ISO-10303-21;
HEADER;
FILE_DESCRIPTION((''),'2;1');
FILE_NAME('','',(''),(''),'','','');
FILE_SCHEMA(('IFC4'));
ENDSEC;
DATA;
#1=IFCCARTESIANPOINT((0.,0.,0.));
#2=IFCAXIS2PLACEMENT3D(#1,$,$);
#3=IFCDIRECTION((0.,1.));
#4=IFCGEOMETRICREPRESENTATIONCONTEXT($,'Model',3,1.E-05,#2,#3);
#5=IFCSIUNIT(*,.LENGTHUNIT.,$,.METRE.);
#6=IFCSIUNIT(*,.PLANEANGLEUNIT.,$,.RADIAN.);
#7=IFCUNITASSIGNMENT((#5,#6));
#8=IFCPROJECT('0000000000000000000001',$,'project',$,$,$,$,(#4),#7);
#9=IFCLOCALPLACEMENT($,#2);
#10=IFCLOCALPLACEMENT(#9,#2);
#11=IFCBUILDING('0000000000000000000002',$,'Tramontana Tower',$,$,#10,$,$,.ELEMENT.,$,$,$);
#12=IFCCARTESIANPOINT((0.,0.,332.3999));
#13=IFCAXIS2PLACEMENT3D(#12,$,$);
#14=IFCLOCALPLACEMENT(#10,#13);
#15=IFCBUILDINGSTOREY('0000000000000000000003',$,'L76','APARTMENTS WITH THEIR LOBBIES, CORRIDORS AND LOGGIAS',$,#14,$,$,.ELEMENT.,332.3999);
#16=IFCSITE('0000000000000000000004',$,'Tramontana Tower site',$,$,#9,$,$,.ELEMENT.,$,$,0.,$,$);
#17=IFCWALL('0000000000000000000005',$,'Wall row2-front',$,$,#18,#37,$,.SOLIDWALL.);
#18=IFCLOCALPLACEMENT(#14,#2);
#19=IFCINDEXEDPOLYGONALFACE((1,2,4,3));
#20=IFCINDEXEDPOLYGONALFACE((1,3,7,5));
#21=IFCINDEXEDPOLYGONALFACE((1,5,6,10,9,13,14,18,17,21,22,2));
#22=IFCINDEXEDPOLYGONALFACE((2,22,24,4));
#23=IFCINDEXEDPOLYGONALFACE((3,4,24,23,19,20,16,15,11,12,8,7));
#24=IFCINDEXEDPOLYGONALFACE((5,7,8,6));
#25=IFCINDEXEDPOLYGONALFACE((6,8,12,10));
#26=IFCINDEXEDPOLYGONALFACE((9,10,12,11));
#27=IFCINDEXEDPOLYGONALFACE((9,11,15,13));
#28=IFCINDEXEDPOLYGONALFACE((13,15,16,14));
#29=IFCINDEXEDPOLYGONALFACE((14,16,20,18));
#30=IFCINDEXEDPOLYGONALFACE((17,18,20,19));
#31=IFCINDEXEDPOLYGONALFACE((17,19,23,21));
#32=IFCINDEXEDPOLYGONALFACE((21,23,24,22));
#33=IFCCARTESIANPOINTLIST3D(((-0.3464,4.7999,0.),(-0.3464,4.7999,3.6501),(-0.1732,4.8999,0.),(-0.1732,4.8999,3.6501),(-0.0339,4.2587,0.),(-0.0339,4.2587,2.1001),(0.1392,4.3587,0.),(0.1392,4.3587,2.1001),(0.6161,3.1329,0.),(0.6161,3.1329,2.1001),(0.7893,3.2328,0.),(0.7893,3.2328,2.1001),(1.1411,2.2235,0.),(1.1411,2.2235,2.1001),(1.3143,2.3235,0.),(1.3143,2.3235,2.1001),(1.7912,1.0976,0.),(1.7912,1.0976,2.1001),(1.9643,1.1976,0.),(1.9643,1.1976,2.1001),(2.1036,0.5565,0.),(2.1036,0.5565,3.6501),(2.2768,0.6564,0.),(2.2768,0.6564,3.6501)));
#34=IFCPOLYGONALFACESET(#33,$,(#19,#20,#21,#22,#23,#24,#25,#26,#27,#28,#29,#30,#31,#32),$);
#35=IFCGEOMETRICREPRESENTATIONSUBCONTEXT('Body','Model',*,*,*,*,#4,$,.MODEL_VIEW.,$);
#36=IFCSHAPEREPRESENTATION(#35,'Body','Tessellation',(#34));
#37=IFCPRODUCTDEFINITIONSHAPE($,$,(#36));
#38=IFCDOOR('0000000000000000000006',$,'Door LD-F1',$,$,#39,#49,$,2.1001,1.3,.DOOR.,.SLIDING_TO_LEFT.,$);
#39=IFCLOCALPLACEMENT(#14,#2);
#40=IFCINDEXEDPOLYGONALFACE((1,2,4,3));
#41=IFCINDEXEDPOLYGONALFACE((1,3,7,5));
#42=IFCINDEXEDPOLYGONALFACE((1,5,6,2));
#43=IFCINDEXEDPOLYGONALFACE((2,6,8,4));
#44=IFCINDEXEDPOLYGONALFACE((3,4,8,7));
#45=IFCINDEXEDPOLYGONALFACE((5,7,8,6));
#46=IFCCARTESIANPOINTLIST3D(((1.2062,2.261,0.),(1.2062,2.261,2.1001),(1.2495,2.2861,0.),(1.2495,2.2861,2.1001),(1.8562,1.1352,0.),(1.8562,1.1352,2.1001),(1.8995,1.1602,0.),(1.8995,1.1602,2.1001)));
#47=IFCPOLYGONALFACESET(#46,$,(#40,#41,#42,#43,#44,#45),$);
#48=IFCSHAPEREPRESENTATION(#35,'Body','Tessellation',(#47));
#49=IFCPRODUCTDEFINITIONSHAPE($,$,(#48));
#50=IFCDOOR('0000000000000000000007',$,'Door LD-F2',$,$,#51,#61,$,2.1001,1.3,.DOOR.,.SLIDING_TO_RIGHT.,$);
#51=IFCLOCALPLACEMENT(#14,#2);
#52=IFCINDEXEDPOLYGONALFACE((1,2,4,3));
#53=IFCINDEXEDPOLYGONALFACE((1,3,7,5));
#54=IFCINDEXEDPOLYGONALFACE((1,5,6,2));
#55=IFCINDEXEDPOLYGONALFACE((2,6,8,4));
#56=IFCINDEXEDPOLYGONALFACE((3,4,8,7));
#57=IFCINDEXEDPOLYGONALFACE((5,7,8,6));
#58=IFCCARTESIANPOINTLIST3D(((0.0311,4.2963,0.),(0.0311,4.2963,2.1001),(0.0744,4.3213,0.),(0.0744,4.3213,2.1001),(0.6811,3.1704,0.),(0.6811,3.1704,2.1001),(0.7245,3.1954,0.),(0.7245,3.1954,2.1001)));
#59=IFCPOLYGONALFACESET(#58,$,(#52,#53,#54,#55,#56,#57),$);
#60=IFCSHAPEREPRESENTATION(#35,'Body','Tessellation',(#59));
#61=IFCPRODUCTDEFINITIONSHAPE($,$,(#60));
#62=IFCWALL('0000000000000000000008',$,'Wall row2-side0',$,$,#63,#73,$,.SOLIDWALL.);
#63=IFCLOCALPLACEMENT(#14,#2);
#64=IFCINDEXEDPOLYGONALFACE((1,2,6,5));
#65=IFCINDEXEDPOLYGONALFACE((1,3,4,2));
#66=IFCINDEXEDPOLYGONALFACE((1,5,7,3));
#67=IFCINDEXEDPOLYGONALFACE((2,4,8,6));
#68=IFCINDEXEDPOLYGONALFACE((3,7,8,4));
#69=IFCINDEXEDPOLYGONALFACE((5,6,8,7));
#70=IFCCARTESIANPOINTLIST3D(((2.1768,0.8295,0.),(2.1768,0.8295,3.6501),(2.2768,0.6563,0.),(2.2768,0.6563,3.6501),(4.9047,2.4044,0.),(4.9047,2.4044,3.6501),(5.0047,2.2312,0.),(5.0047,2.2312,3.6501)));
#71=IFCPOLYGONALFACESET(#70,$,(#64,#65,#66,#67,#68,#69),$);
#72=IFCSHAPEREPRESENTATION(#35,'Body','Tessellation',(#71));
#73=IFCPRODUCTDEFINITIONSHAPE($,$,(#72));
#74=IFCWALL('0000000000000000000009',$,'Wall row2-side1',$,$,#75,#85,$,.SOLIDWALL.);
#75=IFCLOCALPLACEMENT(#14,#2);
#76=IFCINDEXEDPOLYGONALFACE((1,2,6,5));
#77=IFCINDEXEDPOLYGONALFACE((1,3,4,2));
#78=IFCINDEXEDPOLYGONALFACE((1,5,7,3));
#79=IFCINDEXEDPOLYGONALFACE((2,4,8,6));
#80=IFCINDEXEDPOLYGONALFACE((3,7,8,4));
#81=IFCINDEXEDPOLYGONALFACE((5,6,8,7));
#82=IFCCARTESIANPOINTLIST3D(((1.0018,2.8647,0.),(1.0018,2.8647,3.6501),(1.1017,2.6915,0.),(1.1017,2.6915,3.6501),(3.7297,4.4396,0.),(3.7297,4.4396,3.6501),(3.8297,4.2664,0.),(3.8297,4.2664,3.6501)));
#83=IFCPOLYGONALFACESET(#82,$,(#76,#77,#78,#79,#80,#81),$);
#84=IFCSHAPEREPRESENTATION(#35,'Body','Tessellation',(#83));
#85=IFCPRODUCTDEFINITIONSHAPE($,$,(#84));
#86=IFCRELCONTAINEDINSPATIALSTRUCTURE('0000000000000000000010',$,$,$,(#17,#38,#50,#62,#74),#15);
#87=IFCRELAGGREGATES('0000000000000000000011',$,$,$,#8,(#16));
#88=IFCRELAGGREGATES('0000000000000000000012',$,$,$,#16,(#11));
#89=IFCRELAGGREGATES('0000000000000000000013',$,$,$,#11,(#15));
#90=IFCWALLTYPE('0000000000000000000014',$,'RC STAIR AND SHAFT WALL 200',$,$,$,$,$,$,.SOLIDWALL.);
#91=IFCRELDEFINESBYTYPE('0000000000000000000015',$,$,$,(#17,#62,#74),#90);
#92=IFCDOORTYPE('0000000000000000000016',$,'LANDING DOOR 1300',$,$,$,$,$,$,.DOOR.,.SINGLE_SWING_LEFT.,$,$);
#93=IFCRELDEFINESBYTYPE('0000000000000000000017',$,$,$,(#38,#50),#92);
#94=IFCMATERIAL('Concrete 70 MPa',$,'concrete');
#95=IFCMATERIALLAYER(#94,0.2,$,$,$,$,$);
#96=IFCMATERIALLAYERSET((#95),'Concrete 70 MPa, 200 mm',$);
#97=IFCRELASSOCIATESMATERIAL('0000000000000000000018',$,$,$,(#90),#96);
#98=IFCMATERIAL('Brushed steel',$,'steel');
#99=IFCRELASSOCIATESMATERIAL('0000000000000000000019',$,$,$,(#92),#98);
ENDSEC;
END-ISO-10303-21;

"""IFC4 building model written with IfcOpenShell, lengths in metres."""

from ifc_helpers import new_model, si_unit, direction, frame, frame_2d, origin, place, context, subcontext, project, spatial, rectangle, extrude, material, layer, layer_set, type_object, element, fill, save


model = new_model("IFC4")

# Units and contexts
model_context = context("Model", 3, precision=1e-05, world=origin(), true_north=direction((0.0, 1.0)))
body_context = subcontext(model_context, "Body", "Model", "MODEL_VIEW")
ifc_project = project(units=[si_unit("LENGTHUNIT", "METRE"), si_unit("PLANEANGLEUNIT", "RADIAN")], contexts=[model_context])

# Site, building, storey
site_placement = place(None, origin())
site = spatial("IfcSite", under=ifc_project, at=site_placement, Name="Tramontana Tower site", CompositionType="ELEMENT", RefElevation=0.0)
building_placement = place(site_placement, origin())
building = spatial("IfcBuilding", under=site, at=building_placement, Name="Tramontana Tower", CompositionType="ELEMENT")
storey_placement = place(building_placement, frame((0.0, 0.0, 332.3999)))
storey = spatial("IfcBuildingStorey", under=building, at=storey_placement, Name="L76", Description="APARTMENTS WITH THEIR LOBBIES, CORRIDORS AND LOGGIAS", CompositionType="ELEMENT", Elevation=332.3999)

# Shared definitions
ifc_material_1 = material(Name="Concrete 70 MPa", Category="concrete")
ifc_layer_1 = layer(ifc_material_1, 0.2)
ifc_layer_set_1 = layer_set([ifc_layer_1], Name="Concrete 70 MPa, 200 mm")
wall_type_1 = type_object("IfcWallType", Name="RC STAIR AND SHAFT WALL 200", PredefinedType="SOLIDWALL", material=ifc_layer_set_1)

# Wall, openings, doors
wall_1_placement = place(storey_placement, frame((2.1902, 0.6064, 0.0), z_axis=(0.0, 0.0, 1.0), x_axis=(-0.500003, 0.866024, 0.0)))
wall_1 = element("IfcWall", 1, at=wall_1_placement, inside=storey, type_object=wall_type_1, Name="Wall row2-front", PredefinedType="SOLIDWALL", context=body_context, shape_type="SweptSolid", body=[
    extrude(rectangle(XDim=4.8999, YDim=0.2, at=frame_2d((2.45, 0.0))), origin(), (0.0, 0.0, 1.0), 3.6501),
])
opening_1_placement = place(wall_1_placement, frame((0.625, 0.0, 0.0)))
opening_1 = element("IfcOpeningElement", 2, at=opening_1_placement, cuts=wall_1, PredefinedType="OPENING", context=body_context, shape_type="SweptSolid", body=[
    extrude(rectangle(XDim=1.3, YDim=2.1001, at=frame_2d((0.6499, 1.05))), frame((0.0, 0.1099, 0.0), z_axis=(0.0, -1.0, 0.0), x_axis=(1.0, 0.0, 0.0)), (0.0, 0.0, 1.0), 0.22),
])
opening_2_placement = place(wall_1_placement, frame((2.9751, 0.0, 0.0)))
opening_2 = element("IfcOpeningElement", 3, at=opening_2_placement, cuts=wall_1, PredefinedType="OPENING", context=body_context, shape_type="SweptSolid", body=[
    extrude(rectangle(XDim=1.3, YDim=2.1001, at=frame_2d((0.6499, 1.05))), frame((0.0, 0.1099, 0.0), z_axis=(0.0, -1.0, 0.0), x_axis=(1.0, 0.0, 0.0)), (0.0, 0.0, 1.0), 0.22),
])
ifc_material_2 = material(Name="Brushed steel", Category="steel")
door_type_1 = type_object("IfcDoorType", Name="LANDING DOOR 1300", OperationType="SINGLE_SWING_LEFT", PredefinedType="DOOR", material=ifc_material_2)
door_1_placement = place(opening_1_placement, origin())
door_1 = element("IfcDoor", 4, at=door_1_placement, inside=storey, type_object=door_type_1, Name="Door LD-F1", OperationType="SLIDING_TO_LEFT", OverallHeight=2.1001, OverallWidth=1.3, PredefinedType="DOOR", context=body_context, shape_type="SweptSolid", body=[
    extrude(rectangle(XDim=1.3, YDim=2.1001, at=frame_2d((0.6499, 1.05))), frame((0.0, 0.0249, 0.0), z_axis=(0.0, -1.0, 0.0), x_axis=(1.0, 0.0, 0.0)), (0.0, 0.0, 1.0), 0.05),
])
fill(opening_1, door_1)
door_2_placement = place(opening_2_placement, origin())
door_2 = element("IfcDoor", 5, at=door_2_placement, inside=storey, type_object=door_type_1, Name="Door LD-F2", OperationType="SLIDING_TO_RIGHT", OverallHeight=2.1001, OverallWidth=1.3, PredefinedType="DOOR", context=body_context, shape_type="SweptSolid", body=[
    extrude(rectangle(XDim=1.3, YDim=2.1001, at=frame_2d((0.6499, 1.05))), frame((0.0, 0.0249, 0.0), z_axis=(0.0, -1.0, 0.0), x_axis=(1.0, 0.0, 0.0)), (0.0, 0.0, 1.0), 0.05),
])
fill(opening_2, door_2)

# Walls
for number, where, z_axis, x_axis, name in (
    (6, (2.2268, 0.7429, 0.0), (0.0, 0.0, 1.0), (0.866036, 0.499982, 0.0), "Wall row2-side0"),
    (7, (1.0518, 2.7781, 0.0), (0.0, 0.0, 1.0), (0.866036, 0.499982, 0.0), "Wall row2-side1"),
):
    element("IfcWall", number, at=place(storey_placement, frame(where, z_axis=z_axis, x_axis=x_axis)), inside=storey, type_object=wall_type_1, Name=name, PredefinedType="SOLIDWALL", context=body_context, shape_type="SweptSolid", body=[
        extrude(rectangle(XDim=3.1499, YDim=0.2, at=frame_2d((1.575, 0.0))), origin(), (0.0, 0.0, 1.0), 3.6501),
    ])

save(model, "model.ifc")
